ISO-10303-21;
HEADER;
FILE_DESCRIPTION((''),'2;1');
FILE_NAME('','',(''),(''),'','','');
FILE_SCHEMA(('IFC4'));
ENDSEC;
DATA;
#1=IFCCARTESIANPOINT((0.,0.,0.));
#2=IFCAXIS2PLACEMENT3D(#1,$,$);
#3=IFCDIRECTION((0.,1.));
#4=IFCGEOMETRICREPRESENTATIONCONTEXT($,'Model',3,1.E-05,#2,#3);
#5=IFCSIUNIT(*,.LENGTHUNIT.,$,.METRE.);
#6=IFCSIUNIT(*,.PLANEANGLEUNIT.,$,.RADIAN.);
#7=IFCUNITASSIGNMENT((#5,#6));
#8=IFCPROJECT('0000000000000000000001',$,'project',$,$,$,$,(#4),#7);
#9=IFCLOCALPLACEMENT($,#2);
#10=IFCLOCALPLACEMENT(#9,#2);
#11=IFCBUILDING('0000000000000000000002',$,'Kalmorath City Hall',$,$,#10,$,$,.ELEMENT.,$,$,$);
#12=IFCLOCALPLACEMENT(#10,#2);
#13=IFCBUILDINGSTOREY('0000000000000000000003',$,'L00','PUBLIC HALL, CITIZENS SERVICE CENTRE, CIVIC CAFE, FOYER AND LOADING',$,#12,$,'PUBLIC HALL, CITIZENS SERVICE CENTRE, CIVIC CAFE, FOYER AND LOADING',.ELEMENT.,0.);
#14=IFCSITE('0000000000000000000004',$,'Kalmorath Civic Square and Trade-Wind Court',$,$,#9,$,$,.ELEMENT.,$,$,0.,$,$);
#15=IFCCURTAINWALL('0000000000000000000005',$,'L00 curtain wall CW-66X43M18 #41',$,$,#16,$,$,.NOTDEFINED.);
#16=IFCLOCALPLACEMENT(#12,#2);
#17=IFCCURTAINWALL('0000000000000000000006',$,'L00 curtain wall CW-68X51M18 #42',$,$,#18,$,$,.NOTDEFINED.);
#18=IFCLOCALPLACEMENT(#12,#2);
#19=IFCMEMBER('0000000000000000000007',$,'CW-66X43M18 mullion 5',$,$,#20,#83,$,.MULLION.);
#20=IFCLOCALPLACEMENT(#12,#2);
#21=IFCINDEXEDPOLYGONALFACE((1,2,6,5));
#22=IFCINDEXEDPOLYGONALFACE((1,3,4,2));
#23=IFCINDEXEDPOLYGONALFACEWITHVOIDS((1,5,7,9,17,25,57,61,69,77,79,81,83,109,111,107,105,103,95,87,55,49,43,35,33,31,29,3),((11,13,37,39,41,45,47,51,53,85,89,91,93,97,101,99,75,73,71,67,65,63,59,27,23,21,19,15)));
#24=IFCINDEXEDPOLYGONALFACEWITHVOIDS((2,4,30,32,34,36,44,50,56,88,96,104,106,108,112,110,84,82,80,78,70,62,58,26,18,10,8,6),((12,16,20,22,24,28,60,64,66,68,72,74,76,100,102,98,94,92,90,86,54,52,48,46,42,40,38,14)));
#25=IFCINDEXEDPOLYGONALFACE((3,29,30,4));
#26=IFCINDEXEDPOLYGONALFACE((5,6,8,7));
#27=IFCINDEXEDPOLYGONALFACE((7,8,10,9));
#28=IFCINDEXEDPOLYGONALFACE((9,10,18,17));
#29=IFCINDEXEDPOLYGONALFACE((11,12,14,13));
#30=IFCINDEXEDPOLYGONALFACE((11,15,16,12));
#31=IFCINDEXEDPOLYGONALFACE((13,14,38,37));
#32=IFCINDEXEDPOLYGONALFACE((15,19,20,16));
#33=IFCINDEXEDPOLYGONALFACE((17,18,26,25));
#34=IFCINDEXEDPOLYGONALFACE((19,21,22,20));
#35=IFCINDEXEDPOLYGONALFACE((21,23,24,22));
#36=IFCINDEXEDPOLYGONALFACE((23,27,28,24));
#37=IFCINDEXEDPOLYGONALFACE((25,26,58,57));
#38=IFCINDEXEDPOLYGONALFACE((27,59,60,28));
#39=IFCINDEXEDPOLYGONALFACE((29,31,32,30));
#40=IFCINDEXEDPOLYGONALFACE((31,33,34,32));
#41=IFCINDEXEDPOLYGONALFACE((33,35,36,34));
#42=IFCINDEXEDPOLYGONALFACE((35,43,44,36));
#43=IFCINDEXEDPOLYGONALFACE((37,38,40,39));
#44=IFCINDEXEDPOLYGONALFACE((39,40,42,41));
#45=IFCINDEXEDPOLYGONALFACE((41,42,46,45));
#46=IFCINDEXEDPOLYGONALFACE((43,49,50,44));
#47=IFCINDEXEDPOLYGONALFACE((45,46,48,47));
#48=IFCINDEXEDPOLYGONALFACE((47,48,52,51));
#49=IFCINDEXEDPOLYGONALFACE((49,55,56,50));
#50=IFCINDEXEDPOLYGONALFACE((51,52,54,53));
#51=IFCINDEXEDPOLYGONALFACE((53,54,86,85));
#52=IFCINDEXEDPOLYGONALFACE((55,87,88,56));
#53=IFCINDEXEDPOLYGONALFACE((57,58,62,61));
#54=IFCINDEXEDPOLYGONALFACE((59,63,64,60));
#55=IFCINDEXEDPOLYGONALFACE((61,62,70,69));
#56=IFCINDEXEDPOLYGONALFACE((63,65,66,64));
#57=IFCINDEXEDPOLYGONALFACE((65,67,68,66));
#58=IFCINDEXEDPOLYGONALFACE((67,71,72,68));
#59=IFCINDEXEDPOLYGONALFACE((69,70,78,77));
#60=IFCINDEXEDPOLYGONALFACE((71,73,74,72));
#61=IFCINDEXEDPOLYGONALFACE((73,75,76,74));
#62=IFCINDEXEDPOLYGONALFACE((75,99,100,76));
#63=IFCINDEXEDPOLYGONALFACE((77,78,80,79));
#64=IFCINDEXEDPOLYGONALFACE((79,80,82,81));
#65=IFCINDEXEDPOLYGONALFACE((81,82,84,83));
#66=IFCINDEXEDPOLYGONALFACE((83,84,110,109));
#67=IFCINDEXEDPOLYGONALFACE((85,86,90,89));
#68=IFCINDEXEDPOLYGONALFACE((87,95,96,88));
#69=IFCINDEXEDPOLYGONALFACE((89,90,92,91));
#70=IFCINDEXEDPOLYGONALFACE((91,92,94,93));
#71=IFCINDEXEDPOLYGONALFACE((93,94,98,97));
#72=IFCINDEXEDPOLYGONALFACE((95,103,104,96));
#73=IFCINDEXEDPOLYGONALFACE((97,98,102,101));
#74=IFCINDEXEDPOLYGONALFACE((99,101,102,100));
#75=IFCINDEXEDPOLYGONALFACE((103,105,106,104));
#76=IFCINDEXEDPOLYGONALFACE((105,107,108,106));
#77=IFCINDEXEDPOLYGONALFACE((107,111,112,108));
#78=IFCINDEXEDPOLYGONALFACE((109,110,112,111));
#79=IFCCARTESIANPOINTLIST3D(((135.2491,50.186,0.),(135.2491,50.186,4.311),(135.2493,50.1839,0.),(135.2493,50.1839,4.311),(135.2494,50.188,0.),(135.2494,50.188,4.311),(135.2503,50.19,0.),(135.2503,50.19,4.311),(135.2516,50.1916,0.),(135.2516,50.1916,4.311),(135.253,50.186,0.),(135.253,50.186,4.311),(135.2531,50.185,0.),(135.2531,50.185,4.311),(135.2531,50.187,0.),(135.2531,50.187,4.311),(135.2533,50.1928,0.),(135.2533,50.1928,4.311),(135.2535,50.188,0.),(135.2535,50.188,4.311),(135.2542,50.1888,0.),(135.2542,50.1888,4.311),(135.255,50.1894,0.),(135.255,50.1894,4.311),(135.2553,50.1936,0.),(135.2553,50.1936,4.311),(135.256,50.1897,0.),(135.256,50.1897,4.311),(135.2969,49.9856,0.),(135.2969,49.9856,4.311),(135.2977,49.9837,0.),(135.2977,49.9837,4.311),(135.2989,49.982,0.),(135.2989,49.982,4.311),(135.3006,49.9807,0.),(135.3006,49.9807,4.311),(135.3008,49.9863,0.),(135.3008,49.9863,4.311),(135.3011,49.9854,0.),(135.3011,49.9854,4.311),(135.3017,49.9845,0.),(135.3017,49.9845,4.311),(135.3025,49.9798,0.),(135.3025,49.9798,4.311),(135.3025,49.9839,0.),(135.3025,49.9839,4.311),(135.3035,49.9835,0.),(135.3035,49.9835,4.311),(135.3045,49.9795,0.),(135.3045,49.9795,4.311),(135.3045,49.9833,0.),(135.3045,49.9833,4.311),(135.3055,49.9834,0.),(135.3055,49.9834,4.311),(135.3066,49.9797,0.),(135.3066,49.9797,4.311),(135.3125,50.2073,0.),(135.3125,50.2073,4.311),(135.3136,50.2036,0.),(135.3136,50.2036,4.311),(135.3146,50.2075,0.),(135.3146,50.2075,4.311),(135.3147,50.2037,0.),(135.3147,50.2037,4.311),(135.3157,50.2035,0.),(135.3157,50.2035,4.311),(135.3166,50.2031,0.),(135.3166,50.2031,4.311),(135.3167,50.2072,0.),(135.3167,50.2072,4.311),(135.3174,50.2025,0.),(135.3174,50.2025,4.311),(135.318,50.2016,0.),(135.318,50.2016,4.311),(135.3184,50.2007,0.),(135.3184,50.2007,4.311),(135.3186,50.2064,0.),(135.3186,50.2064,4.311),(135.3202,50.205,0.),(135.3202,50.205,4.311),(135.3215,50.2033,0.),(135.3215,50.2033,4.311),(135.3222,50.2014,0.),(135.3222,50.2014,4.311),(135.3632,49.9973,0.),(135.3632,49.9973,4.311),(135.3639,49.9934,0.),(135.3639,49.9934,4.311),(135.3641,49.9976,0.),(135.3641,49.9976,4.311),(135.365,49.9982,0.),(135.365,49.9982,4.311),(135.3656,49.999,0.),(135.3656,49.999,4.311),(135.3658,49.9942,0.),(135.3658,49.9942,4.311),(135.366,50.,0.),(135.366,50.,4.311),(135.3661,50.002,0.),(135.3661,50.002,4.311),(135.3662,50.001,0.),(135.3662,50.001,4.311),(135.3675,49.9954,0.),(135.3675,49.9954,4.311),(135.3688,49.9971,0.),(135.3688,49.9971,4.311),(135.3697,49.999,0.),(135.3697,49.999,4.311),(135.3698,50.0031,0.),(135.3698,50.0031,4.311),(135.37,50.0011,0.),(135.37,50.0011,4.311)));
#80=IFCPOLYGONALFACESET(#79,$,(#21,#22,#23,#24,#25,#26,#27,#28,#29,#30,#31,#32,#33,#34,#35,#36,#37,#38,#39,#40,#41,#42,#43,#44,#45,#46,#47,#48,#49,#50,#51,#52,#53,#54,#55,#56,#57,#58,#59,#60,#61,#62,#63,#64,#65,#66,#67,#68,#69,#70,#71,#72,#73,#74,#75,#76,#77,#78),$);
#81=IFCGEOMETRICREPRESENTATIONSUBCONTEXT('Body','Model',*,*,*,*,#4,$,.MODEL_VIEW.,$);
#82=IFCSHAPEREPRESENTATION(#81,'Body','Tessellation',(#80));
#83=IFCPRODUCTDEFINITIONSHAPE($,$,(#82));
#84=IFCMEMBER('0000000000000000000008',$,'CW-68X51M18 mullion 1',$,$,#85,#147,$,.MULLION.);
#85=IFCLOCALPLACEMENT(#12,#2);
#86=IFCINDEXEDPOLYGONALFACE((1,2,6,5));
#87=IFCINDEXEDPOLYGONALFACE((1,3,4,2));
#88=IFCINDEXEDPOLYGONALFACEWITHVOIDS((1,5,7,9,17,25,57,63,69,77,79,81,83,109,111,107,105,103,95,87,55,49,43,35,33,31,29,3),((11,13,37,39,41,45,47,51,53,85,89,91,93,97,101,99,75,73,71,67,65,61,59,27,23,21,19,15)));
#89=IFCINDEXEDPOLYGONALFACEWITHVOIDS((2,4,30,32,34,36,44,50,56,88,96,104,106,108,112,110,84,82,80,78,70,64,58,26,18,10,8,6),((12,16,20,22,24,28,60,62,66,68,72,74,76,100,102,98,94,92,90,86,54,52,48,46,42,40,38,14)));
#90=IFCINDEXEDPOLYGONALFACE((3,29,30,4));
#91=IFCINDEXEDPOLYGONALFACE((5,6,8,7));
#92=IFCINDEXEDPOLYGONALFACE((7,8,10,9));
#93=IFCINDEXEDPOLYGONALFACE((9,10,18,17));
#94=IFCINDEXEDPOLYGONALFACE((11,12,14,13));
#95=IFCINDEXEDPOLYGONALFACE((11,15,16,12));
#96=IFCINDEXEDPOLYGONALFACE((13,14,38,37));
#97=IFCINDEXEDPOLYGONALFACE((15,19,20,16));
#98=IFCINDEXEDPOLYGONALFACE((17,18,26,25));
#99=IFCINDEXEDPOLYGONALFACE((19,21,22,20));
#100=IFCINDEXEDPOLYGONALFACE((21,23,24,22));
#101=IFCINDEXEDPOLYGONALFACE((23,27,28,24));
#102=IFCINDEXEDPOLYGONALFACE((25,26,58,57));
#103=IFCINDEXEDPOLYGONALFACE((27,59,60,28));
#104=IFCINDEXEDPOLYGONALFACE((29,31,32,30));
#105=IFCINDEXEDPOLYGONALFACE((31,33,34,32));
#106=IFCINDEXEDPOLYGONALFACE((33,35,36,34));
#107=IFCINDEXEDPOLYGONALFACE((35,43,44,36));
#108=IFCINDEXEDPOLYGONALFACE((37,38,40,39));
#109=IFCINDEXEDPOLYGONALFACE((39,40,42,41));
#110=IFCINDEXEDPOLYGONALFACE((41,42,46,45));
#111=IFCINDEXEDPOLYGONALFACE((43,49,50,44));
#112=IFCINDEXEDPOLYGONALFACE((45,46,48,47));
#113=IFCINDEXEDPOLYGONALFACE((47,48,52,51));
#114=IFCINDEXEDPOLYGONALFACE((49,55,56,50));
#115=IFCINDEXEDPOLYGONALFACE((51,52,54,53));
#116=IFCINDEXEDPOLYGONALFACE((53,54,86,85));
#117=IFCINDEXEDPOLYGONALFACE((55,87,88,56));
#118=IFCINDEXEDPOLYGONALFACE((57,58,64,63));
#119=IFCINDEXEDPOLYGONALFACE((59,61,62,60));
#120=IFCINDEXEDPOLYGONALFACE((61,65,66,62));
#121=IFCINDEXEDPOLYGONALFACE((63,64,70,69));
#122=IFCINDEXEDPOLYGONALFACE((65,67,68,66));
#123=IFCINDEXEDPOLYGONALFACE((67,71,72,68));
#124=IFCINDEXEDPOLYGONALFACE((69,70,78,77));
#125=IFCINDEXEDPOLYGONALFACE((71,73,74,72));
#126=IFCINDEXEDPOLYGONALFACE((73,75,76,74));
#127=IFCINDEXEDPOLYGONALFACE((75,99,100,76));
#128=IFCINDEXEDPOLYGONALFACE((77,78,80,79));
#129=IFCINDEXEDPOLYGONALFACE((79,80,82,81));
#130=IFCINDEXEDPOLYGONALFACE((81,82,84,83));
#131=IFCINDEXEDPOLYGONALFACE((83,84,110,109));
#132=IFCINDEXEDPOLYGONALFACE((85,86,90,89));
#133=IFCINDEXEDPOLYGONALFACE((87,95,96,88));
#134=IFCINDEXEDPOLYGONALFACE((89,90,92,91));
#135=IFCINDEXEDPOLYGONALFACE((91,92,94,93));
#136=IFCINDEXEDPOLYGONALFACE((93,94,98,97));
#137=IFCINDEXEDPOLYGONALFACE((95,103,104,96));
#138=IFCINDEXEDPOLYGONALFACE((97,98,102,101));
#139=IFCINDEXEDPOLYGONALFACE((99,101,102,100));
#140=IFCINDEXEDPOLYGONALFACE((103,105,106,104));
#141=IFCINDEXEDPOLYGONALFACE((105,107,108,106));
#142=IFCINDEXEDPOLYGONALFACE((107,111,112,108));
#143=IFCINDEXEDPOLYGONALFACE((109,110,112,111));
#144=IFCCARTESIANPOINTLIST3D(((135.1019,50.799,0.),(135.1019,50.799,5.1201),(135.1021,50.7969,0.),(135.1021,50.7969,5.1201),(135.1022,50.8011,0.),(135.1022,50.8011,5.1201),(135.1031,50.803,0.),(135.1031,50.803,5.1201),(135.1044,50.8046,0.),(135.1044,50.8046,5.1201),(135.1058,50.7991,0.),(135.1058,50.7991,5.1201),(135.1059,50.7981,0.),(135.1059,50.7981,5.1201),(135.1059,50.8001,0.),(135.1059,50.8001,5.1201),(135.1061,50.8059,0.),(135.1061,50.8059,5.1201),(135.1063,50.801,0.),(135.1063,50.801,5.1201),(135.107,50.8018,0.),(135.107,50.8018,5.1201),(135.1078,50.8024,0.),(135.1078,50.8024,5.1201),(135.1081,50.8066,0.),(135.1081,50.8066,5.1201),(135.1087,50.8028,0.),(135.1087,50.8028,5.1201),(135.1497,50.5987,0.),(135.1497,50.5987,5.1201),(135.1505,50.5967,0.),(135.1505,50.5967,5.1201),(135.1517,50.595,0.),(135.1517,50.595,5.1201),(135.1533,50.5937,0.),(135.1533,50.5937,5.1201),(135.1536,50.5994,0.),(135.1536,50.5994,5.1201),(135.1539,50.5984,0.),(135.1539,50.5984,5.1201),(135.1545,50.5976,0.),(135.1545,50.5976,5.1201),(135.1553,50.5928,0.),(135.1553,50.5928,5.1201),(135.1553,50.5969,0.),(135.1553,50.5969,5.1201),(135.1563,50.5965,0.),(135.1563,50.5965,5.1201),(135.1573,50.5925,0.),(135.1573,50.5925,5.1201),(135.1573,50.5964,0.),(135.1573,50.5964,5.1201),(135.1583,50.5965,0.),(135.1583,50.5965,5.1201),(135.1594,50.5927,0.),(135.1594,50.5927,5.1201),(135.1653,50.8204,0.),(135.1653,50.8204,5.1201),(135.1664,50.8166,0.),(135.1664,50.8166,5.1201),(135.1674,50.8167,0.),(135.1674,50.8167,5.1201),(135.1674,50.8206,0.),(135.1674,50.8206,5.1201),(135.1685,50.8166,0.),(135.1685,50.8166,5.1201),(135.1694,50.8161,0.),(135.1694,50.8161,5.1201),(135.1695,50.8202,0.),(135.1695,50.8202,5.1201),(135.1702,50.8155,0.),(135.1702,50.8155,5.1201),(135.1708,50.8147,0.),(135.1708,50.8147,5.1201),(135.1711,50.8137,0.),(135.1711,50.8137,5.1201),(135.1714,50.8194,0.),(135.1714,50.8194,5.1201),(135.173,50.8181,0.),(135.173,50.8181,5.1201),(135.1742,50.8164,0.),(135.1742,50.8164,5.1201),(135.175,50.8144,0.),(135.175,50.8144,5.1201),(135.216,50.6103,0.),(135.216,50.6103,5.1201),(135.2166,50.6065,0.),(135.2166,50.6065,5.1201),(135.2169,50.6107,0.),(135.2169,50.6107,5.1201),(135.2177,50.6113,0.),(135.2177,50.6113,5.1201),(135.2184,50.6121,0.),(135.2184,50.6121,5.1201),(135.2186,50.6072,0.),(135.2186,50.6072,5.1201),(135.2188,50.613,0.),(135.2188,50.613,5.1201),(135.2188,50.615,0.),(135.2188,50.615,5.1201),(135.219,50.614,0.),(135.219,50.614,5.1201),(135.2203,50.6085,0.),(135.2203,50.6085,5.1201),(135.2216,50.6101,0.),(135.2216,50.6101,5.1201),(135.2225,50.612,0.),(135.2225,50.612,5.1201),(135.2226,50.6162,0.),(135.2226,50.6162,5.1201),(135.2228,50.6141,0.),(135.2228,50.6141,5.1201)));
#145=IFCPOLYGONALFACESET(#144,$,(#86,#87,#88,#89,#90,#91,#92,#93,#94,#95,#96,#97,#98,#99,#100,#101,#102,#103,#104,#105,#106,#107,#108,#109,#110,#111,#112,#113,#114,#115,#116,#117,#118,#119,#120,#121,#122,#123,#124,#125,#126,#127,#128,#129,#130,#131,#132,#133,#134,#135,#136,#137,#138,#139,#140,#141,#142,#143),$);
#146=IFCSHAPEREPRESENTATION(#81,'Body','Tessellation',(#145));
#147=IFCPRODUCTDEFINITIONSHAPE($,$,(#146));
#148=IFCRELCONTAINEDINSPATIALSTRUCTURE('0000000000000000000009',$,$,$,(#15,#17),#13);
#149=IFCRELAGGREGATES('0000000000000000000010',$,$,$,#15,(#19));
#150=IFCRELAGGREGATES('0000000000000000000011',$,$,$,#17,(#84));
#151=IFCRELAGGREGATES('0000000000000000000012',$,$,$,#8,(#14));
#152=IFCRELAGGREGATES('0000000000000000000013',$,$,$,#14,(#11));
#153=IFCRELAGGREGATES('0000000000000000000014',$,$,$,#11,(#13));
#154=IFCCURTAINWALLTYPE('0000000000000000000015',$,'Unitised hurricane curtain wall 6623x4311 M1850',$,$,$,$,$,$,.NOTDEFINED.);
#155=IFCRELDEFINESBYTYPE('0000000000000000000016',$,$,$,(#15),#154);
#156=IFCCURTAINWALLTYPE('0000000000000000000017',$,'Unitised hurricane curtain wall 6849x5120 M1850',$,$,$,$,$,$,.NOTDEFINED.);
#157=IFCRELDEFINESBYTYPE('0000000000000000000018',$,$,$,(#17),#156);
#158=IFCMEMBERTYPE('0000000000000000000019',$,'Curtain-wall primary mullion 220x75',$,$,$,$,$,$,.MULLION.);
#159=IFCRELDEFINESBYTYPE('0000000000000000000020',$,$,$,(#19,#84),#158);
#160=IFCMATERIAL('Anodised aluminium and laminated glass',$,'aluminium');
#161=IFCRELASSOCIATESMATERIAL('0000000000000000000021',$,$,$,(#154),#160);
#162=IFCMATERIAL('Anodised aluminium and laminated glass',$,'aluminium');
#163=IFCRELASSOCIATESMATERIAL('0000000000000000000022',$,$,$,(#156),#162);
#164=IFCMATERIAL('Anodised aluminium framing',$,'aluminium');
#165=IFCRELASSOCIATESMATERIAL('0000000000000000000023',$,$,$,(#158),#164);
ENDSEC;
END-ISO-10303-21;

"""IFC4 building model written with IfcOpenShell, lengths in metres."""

from ifc_helpers import new_model, si_unit, direction, frame, origin, origin_2d, place, context, subcontext, project, spatial, hollow_rectangle, extrude, material, material_profile, profile_set, type_object, element, aggregate, save


model = new_model("IFC4")

# Units and contexts
model_context = context("Model", 3, precision=1e-05, world=origin(), true_north=direction((0.0, 1.0)))
body_context = subcontext(model_context, "Body", "Model", "MODEL_VIEW")
ifc_project = project(units=[si_unit("LENGTHUNIT", "METRE"), si_unit("PLANEANGLEUNIT", "RADIAN")], contexts=[model_context])

# Site, building, storey
site_placement = place(None, origin())
site = spatial("IfcSite", under=ifc_project, at=site_placement, Name="Kalmorath Civic Square and Trade-Wind Court", CompositionType="ELEMENT", RefElevation=0.0)
building_placement = place(site_placement, origin())
building = spatial("IfcBuilding", under=site, at=building_placement, Name="Kalmorath City Hall", CompositionType="ELEMENT")
storey_placement = place(building_placement, origin())
storey = spatial("IfcBuildingStorey", under=building, at=storey_placement, Name="L00", Description="PUBLIC HALL, CITIZENS SERVICE CENTRE, CIVIC CAFE, FOYER AND LOADING", LongName="PUBLIC HALL, CITIZENS SERVICE CENTRE, CIVIC CAFE, FOYER AND LOADING", CompositionType="ELEMENT", Elevation=0.0)

# Curtain walls
ifc_material_1 = material(Name="Anodised aluminium and laminated glass", Category="aluminium")
curtain_wall_type_1 = type_object("IfcCurtainWallType", Name="Unitised hurricane curtain wall 6623x4311 M1850", PredefinedType="NOTDEFINED", material=ifc_material_1)
curtain_wall_1_placement = place(storey_placement, origin())
curtain_wall_1 = element("IfcCurtainWall", 1, at=curtain_wall_1_placement, inside=storey, type_object=curtain_wall_type_1, Name="L00 curtain wall CW-66X43M18 #41", PredefinedType="NOTDEFINED")
ifc_material_2 = material(Name="Anodised aluminium and laminated glass", Category="aluminium")
curtain_wall_type_2 = type_object("IfcCurtainWallType", Name="Unitised hurricane curtain wall 6849x5120 M1850", PredefinedType="NOTDEFINED", material=ifc_material_2)
curtain_wall_2_placement = place(storey_placement, origin())
curtain_wall_2 = element("IfcCurtainWall", 2, at=curtain_wall_2_placement, inside=storey, type_object=curtain_wall_type_2, Name="L00 curtain wall CW-68X51M18 #42", PredefinedType="NOTDEFINED")

# Members
ifc_material_3 = material(Name="Anodised aluminium framing", Category="aluminium")
ifc_material_profile_1 = material_profile(ifc_material_3, hollow_rectangle(XDim=0.075, YDim=0.22, WallThickness=0.0039, InnerFilletRadius=0.0039, OuterFilletRadius=0.0081, at=origin_2d()), Name="ALU-MUL-220X75X4")
ifc_profile_set_1 = profile_set([ifc_material_profile_1], Name="Anodised aluminium framing")
member_type_1 = type_object("IfcMemberType", Name="Curtain-wall primary mullion 220x75", PredefinedType="MULLION", material=ifc_profile_set_1)
member_1_placement = place(storey_placement, frame((135.3096, 50.0935, 0.0), z_axis=(0.0, 0.0, 1.0), x_axis=(-0.972367, -0.233459, 0.0)))
member_1 = element("IfcMember", 3, at=member_1_placement, type_object=member_type_1, Name="CW-66X43M18 mullion 5", PredefinedType="MULLION", context=body_context, shape_type="SweptSolid", body=[
    extrude(hollow_rectangle(XDim=0.075, YDim=0.22, WallThickness=0.0039, InnerFilletRadius=0.0039, OuterFilletRadius=0.0081, at=origin_2d()), origin(), (0.0, 0.0, 1.0), 4.311),
])
member_2_placement = place(storey_placement, frame((135.1624, 50.7065, 0.0), z_axis=(0.0, 0.0, 1.0), x_axis=(-0.972367, -0.233456, 0.0)))
member_2 = element("IfcMember", 4, at=member_2_placement, type_object=member_type_1, Name="CW-68X51M18 mullion 1", PredefinedType="MULLION", context=body_context, shape_type="SweptSolid", body=[
    extrude(hollow_rectangle(XDim=0.075, YDim=0.22, WallThickness=0.0039, InnerFilletRadius=0.0039, OuterFilletRadius=0.0081, at=origin_2d()), origin(), (0.0, 0.0, 1.0), 5.1201),
])

aggregate(curtain_wall_1, [member_1])
aggregate(curtain_wall_2, [member_2])

save(model, "model.ifc")
